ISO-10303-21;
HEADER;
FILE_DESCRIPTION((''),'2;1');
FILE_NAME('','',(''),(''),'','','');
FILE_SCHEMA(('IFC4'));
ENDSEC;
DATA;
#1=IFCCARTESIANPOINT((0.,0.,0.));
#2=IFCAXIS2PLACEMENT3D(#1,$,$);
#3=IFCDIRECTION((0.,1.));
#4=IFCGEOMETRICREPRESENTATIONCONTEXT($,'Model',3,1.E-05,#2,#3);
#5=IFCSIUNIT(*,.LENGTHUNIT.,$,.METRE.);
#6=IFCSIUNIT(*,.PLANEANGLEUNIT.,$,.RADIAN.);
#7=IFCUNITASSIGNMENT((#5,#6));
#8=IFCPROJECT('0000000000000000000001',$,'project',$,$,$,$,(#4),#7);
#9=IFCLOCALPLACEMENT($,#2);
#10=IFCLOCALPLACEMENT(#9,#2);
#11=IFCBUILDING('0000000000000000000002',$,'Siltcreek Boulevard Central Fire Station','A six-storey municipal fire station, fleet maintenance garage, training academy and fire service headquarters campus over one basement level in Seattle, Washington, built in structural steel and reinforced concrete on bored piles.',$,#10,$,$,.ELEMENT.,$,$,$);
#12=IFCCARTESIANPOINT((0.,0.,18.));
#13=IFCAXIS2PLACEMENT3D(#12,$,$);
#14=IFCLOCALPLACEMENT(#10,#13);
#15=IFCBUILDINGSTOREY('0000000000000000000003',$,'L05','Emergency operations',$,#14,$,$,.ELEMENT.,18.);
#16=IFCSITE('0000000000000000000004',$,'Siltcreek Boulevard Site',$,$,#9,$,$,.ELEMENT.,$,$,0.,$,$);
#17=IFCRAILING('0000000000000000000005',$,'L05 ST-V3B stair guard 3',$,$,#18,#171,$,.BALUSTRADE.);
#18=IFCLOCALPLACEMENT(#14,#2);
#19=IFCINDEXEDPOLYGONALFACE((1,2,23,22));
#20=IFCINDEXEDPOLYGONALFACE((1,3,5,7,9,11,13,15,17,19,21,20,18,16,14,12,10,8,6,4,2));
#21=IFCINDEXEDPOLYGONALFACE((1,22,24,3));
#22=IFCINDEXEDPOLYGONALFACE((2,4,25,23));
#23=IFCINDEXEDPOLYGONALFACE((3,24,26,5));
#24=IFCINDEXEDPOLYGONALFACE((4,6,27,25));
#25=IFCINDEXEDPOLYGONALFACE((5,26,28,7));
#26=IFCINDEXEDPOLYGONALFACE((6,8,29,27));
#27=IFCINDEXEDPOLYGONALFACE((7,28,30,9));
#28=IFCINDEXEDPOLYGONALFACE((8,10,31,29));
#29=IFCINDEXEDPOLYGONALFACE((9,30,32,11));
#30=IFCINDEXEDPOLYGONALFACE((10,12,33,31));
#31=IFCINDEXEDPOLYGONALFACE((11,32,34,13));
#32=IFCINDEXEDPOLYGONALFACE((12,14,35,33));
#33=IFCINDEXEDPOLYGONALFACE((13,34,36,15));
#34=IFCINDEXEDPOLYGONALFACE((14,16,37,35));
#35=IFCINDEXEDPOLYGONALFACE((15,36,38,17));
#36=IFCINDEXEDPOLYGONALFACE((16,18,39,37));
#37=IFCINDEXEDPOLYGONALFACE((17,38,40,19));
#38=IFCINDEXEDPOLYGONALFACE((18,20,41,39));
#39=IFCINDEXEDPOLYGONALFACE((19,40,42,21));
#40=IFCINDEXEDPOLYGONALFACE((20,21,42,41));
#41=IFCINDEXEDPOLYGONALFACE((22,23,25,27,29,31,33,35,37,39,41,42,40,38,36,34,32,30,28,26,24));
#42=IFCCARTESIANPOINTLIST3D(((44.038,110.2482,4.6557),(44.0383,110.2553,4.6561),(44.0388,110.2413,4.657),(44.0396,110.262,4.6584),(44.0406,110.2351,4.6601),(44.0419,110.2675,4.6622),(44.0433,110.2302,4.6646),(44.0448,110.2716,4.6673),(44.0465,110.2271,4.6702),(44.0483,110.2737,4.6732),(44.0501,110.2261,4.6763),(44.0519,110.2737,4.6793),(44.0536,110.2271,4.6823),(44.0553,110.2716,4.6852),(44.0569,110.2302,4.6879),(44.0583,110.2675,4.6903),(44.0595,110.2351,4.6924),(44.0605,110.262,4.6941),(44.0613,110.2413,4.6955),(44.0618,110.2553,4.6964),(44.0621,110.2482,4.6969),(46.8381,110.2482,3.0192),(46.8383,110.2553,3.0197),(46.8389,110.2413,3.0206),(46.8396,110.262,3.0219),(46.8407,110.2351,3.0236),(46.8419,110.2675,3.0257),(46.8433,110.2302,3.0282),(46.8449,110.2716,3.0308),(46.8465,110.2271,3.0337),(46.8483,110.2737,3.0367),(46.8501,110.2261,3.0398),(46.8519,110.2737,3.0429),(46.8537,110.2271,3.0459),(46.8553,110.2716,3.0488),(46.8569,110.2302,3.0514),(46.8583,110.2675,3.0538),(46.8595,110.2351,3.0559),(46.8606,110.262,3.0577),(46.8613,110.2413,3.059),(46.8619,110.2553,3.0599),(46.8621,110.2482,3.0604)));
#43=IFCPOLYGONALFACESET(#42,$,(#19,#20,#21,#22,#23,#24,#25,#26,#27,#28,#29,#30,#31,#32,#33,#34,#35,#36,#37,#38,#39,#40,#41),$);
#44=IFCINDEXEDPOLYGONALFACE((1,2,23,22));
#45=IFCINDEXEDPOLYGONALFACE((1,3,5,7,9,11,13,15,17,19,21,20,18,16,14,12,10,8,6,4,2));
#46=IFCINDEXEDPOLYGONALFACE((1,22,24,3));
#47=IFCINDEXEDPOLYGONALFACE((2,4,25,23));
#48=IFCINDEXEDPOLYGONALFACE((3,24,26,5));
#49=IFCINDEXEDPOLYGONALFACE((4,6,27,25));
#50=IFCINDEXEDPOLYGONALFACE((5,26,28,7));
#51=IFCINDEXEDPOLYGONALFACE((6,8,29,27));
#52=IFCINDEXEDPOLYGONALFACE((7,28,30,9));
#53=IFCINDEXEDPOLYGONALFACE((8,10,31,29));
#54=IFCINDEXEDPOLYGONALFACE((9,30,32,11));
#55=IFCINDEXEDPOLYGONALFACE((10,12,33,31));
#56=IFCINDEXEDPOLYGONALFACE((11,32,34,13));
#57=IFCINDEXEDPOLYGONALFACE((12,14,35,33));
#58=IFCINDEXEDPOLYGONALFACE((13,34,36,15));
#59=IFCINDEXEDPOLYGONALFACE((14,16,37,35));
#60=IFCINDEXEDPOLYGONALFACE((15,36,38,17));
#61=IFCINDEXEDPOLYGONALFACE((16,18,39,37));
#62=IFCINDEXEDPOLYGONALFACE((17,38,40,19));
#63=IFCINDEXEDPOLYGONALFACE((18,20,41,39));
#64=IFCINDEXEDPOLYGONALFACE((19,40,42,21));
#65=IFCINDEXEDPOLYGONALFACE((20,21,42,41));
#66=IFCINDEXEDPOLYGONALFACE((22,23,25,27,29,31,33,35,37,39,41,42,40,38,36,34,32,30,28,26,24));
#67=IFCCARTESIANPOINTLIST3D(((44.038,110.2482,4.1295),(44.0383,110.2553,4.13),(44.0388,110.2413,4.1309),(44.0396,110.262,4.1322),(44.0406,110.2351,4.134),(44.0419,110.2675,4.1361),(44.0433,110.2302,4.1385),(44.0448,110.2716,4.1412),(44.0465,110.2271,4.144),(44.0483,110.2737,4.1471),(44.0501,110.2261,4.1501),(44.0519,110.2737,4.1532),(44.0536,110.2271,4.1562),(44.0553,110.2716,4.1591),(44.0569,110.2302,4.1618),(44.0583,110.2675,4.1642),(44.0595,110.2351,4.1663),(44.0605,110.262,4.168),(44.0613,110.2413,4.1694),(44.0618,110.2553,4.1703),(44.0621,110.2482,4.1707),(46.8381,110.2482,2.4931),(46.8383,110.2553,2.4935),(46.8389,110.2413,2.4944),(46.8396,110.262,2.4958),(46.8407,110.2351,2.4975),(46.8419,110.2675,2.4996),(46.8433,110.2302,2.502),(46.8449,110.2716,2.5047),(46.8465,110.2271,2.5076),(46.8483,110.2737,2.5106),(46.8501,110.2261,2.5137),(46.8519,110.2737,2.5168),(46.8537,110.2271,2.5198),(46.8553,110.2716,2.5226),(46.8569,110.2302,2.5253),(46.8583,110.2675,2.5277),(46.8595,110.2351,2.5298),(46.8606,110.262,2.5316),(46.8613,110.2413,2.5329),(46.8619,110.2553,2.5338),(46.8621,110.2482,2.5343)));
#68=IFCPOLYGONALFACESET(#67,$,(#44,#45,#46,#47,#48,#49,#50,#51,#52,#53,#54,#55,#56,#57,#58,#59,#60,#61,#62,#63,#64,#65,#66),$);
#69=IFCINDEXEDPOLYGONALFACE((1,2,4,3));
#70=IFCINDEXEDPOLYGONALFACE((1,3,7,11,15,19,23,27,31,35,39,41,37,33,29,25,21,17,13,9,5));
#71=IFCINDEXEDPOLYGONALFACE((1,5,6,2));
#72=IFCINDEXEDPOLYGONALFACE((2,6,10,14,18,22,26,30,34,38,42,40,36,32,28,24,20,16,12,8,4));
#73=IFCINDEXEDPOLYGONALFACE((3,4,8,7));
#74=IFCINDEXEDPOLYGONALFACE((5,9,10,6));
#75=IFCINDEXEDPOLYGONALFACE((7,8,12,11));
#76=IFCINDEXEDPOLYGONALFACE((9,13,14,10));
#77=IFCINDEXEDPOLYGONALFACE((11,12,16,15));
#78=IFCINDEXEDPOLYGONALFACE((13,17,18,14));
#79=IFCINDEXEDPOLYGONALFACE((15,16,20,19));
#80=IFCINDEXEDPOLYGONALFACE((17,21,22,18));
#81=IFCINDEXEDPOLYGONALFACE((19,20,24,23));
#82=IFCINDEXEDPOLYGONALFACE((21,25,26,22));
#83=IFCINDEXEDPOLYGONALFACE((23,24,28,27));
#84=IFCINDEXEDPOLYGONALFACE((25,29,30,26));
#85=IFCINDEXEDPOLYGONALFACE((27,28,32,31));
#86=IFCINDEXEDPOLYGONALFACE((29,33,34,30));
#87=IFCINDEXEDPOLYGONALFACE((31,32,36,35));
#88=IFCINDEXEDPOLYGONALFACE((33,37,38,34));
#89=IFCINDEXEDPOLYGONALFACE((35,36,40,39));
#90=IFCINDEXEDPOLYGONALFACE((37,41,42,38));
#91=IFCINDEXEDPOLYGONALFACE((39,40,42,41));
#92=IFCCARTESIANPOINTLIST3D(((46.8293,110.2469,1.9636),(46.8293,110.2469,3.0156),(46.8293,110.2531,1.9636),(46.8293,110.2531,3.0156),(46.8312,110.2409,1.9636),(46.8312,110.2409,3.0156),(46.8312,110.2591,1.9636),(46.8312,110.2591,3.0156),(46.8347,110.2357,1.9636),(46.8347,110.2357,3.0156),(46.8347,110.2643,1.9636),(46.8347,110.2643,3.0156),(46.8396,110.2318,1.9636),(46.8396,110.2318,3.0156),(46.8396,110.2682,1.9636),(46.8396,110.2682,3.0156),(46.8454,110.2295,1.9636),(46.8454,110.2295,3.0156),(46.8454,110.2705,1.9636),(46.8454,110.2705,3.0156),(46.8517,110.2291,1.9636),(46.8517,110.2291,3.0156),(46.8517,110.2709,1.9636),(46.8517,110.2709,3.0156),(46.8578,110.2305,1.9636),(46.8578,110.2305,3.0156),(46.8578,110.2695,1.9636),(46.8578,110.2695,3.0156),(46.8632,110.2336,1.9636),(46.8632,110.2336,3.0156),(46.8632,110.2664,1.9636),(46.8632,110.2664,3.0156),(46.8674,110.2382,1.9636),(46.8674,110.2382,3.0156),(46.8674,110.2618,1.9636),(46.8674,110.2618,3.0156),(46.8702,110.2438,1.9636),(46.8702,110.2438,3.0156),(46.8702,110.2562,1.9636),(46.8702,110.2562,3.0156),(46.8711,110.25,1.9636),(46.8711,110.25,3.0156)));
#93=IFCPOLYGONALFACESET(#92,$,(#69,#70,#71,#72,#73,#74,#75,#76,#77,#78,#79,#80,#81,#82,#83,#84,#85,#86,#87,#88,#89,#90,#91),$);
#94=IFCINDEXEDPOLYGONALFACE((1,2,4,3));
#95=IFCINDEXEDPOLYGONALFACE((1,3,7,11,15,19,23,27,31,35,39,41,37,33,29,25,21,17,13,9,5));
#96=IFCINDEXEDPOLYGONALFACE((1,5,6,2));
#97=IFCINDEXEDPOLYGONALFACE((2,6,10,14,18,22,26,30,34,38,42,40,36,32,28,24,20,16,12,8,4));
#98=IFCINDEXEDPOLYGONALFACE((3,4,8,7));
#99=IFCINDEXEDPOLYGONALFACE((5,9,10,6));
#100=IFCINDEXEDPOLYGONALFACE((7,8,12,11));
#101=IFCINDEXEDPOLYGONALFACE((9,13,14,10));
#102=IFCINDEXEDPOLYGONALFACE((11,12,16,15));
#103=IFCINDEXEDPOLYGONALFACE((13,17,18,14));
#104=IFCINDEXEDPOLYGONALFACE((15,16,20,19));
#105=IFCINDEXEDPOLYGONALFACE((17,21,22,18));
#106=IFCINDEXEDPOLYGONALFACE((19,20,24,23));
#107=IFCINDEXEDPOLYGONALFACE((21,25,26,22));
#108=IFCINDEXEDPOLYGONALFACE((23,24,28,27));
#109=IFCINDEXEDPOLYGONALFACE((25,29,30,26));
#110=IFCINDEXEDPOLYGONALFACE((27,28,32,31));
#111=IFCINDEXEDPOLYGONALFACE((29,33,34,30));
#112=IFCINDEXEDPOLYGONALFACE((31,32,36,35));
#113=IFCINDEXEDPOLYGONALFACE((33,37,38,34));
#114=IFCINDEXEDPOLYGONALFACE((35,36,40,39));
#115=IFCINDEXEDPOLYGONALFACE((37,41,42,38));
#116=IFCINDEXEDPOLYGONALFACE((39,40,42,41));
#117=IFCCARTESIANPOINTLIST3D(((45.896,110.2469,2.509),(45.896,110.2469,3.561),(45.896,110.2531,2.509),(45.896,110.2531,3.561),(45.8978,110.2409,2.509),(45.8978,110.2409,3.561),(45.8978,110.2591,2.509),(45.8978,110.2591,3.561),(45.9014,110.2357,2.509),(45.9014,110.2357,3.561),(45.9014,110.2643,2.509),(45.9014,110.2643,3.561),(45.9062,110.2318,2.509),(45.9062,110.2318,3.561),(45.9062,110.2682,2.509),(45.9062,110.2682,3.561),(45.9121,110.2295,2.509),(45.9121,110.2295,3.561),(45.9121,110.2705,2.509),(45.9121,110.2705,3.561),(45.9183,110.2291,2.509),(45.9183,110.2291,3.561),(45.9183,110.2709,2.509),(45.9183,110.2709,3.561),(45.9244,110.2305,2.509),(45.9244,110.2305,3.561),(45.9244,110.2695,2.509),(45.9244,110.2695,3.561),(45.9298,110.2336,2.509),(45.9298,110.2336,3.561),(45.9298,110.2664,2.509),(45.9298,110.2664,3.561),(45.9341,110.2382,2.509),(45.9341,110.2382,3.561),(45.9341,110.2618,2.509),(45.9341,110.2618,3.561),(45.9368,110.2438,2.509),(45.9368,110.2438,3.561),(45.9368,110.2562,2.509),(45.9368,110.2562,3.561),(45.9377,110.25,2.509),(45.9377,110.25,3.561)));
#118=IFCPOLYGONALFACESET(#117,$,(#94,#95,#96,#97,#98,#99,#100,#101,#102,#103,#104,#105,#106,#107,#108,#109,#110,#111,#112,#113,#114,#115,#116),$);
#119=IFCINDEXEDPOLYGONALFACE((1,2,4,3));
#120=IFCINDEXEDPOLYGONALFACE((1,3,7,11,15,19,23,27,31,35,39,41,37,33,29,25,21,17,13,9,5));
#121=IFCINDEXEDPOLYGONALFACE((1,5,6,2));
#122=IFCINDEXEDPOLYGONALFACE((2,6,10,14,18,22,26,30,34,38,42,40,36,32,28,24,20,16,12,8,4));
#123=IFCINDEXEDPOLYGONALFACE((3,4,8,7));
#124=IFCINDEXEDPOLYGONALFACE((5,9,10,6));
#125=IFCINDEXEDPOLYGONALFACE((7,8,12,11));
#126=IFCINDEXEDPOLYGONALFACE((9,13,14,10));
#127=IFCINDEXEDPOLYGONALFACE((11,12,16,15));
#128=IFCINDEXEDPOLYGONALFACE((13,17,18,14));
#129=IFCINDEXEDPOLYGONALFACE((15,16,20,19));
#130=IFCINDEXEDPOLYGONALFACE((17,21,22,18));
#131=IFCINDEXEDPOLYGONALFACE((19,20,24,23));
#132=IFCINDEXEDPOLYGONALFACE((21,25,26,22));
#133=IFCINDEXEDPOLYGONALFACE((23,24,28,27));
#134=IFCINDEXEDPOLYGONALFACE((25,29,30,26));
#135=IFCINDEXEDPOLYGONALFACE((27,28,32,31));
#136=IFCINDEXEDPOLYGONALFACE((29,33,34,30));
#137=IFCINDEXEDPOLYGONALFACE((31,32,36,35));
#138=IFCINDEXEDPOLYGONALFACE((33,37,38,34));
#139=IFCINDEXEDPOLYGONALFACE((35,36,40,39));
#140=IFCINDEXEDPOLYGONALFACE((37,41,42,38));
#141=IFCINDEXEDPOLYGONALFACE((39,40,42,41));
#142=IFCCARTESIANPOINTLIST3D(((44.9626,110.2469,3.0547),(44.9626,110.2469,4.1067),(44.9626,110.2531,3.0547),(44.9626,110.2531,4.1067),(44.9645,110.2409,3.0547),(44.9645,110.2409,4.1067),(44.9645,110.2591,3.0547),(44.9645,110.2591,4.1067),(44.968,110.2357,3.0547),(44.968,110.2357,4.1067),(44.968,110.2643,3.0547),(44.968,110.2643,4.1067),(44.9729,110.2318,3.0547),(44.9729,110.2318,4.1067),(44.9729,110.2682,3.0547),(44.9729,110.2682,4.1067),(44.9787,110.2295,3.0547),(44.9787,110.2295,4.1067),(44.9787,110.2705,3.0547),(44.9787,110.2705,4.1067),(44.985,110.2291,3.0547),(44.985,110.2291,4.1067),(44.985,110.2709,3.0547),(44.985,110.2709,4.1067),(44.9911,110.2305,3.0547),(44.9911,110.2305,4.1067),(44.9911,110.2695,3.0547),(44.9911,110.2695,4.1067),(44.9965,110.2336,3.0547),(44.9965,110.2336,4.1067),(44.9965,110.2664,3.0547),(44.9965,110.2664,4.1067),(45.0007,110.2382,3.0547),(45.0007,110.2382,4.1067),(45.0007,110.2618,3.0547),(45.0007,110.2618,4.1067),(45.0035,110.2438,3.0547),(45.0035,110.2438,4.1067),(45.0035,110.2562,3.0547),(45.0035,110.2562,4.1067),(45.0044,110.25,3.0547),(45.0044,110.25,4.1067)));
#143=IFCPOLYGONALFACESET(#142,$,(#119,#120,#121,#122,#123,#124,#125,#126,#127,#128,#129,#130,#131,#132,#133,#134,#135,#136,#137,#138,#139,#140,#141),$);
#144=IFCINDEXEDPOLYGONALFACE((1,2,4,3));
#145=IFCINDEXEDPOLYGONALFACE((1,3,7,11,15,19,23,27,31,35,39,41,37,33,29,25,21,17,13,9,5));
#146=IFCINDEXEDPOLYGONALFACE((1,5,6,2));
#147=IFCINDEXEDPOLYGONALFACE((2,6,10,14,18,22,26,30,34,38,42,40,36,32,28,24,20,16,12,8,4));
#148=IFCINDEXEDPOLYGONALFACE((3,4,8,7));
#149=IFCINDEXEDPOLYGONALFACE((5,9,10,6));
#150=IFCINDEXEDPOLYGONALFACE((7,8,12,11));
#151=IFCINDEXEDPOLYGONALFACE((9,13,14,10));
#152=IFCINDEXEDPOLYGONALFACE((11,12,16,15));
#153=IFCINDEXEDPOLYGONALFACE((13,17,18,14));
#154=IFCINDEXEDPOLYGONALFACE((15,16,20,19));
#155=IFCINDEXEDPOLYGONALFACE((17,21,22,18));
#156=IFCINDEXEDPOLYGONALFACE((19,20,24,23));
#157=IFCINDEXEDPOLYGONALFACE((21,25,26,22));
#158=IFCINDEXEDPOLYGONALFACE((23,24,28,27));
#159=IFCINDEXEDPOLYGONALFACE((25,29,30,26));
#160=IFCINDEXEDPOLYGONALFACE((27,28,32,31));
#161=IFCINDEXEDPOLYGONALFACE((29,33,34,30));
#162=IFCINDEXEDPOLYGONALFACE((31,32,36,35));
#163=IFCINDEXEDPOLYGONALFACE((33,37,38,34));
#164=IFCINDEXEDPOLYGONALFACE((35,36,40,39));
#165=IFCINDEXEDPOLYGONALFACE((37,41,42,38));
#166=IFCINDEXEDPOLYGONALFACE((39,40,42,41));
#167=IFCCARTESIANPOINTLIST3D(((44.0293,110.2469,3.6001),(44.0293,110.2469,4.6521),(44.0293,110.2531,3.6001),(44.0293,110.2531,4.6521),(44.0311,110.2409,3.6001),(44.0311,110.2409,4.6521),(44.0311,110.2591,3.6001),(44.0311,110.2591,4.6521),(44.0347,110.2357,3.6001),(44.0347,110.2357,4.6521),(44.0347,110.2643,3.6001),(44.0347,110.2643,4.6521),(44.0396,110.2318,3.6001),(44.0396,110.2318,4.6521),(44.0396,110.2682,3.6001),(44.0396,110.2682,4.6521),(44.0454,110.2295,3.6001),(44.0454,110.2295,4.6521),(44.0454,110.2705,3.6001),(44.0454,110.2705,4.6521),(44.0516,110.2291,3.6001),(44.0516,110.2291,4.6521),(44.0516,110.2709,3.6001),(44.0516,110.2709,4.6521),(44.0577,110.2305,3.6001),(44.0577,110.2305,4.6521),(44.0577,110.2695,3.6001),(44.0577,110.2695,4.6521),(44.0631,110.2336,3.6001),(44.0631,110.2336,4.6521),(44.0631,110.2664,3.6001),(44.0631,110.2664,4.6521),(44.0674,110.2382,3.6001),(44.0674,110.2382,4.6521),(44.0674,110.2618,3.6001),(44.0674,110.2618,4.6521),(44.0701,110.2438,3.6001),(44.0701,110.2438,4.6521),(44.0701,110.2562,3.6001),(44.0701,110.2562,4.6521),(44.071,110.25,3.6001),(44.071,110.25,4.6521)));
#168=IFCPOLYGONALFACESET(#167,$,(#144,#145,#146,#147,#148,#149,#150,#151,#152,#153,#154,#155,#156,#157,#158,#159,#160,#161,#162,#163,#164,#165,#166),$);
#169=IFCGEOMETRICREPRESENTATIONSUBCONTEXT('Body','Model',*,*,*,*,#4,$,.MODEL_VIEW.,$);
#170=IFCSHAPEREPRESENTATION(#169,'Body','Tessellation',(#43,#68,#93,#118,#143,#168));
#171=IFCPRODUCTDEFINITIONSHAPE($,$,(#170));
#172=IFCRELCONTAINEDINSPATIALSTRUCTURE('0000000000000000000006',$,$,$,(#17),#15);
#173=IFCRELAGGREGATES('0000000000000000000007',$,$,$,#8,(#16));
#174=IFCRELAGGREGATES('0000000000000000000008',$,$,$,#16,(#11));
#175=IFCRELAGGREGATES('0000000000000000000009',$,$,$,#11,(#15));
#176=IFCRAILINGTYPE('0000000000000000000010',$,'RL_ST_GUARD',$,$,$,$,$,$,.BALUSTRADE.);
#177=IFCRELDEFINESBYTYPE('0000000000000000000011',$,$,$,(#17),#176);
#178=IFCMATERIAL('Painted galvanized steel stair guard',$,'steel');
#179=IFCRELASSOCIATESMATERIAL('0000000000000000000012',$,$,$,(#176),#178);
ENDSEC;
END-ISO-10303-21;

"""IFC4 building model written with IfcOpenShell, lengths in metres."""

from ifc_helpers import new_model, si_unit, direction, frame, origin, origin_2d, place, context, subcontext, project, spatial, circle, extrude, material, type_object, element, save


model = new_model("IFC4")

# Units and contexts
model_context = context("Model", 3, precision=1e-05, world=origin(), true_north=direction((0.0, 1.0)))
body_context = subcontext(model_context, "Body", "Model", "MODEL_VIEW")
ifc_project = project(units=[si_unit("LENGTHUNIT", "METRE"), si_unit("PLANEANGLEUNIT", "RADIAN")], contexts=[model_context])

# Site, building, storey
site_placement = place(None, origin())
site = spatial("IfcSite", under=ifc_project, at=site_placement, Name="Siltcreek Boulevard Site", CompositionType="ELEMENT", RefElevation=0.0)
building_placement = place(site_placement, origin())
building = spatial("IfcBuilding", under=site, at=building_placement, Name="Siltcreek Boulevard Central Fire Station", Description="A six-storey municipal fire station, fleet maintenance garage, training academy and fire service headquarters campus over one basement level in Seattle, Washington, built in structural steel and reinforced concrete on bored piles.", CompositionType="ELEMENT")
storey_placement = place(building_placement, frame((0.0, 0.0, 18.0)))
storey = spatial("IfcBuildingStorey", under=building, at=storey_placement, Name="L05", Description="Emergency operations", CompositionType="ELEMENT", Elevation=18.0)

# Railing
ifc_material_1 = material(Name="Painted galvanized steel stair guard", Category="steel")
railing_type_1 = type_object("IfcRailingType", Name="RL_ST_GUARD", PredefinedType="BALUSTRADE", material=ifc_material_1)
railing_1_placement = place(storey_placement, frame((46.8501, 110.25, 1.9636)))
element("IfcRailing", 1, at=railing_1_placement, inside=storey, type_object=railing_type_1, Name="L05 ST-V3B stair guard 3", PredefinedType="BALUSTRADE", context=body_context, shape_type="SweptSolid", body=[
    extrude(circle(Radius=0.0239, at=origin_2d()), frame((0.0, 0.0, 1.0762), z_axis=(-0.863361, 0.0, 0.504587), x_axis=(0.0, -1.0, 0.0)), (0.0, 0.0, 1.0), 3.2432),
    extrude(circle(Radius=0.0239, at=origin_2d()), frame((0.0, 0.0, 0.55), z_axis=(-0.863361, 0.0, 0.504587), x_axis=(0.0, -1.0, 0.0)), (0.0, 0.0, 1.0), 3.2432),
    extrude(circle(Radius=0.021, at=origin_2d()), origin(), (0.0, 0.0, 1.0), 1.052),
    extrude(circle(Radius=0.021, at=origin_2d()), frame((-0.9333, 0.0, 0.5454)), (0.0, 0.0, 1.0), 1.052),
    extrude(circle(Radius=0.021, at=origin_2d()), frame((-1.8667, 0.0, 1.0911)), (0.0, 0.0, 1.0), 1.052),
    extrude(circle(Radius=0.021, at=origin_2d()), frame((-2.8, 0.0, 1.6365)), (0.0, 0.0, 1.0), 1.052),
])

save(model, "model.ifc")
